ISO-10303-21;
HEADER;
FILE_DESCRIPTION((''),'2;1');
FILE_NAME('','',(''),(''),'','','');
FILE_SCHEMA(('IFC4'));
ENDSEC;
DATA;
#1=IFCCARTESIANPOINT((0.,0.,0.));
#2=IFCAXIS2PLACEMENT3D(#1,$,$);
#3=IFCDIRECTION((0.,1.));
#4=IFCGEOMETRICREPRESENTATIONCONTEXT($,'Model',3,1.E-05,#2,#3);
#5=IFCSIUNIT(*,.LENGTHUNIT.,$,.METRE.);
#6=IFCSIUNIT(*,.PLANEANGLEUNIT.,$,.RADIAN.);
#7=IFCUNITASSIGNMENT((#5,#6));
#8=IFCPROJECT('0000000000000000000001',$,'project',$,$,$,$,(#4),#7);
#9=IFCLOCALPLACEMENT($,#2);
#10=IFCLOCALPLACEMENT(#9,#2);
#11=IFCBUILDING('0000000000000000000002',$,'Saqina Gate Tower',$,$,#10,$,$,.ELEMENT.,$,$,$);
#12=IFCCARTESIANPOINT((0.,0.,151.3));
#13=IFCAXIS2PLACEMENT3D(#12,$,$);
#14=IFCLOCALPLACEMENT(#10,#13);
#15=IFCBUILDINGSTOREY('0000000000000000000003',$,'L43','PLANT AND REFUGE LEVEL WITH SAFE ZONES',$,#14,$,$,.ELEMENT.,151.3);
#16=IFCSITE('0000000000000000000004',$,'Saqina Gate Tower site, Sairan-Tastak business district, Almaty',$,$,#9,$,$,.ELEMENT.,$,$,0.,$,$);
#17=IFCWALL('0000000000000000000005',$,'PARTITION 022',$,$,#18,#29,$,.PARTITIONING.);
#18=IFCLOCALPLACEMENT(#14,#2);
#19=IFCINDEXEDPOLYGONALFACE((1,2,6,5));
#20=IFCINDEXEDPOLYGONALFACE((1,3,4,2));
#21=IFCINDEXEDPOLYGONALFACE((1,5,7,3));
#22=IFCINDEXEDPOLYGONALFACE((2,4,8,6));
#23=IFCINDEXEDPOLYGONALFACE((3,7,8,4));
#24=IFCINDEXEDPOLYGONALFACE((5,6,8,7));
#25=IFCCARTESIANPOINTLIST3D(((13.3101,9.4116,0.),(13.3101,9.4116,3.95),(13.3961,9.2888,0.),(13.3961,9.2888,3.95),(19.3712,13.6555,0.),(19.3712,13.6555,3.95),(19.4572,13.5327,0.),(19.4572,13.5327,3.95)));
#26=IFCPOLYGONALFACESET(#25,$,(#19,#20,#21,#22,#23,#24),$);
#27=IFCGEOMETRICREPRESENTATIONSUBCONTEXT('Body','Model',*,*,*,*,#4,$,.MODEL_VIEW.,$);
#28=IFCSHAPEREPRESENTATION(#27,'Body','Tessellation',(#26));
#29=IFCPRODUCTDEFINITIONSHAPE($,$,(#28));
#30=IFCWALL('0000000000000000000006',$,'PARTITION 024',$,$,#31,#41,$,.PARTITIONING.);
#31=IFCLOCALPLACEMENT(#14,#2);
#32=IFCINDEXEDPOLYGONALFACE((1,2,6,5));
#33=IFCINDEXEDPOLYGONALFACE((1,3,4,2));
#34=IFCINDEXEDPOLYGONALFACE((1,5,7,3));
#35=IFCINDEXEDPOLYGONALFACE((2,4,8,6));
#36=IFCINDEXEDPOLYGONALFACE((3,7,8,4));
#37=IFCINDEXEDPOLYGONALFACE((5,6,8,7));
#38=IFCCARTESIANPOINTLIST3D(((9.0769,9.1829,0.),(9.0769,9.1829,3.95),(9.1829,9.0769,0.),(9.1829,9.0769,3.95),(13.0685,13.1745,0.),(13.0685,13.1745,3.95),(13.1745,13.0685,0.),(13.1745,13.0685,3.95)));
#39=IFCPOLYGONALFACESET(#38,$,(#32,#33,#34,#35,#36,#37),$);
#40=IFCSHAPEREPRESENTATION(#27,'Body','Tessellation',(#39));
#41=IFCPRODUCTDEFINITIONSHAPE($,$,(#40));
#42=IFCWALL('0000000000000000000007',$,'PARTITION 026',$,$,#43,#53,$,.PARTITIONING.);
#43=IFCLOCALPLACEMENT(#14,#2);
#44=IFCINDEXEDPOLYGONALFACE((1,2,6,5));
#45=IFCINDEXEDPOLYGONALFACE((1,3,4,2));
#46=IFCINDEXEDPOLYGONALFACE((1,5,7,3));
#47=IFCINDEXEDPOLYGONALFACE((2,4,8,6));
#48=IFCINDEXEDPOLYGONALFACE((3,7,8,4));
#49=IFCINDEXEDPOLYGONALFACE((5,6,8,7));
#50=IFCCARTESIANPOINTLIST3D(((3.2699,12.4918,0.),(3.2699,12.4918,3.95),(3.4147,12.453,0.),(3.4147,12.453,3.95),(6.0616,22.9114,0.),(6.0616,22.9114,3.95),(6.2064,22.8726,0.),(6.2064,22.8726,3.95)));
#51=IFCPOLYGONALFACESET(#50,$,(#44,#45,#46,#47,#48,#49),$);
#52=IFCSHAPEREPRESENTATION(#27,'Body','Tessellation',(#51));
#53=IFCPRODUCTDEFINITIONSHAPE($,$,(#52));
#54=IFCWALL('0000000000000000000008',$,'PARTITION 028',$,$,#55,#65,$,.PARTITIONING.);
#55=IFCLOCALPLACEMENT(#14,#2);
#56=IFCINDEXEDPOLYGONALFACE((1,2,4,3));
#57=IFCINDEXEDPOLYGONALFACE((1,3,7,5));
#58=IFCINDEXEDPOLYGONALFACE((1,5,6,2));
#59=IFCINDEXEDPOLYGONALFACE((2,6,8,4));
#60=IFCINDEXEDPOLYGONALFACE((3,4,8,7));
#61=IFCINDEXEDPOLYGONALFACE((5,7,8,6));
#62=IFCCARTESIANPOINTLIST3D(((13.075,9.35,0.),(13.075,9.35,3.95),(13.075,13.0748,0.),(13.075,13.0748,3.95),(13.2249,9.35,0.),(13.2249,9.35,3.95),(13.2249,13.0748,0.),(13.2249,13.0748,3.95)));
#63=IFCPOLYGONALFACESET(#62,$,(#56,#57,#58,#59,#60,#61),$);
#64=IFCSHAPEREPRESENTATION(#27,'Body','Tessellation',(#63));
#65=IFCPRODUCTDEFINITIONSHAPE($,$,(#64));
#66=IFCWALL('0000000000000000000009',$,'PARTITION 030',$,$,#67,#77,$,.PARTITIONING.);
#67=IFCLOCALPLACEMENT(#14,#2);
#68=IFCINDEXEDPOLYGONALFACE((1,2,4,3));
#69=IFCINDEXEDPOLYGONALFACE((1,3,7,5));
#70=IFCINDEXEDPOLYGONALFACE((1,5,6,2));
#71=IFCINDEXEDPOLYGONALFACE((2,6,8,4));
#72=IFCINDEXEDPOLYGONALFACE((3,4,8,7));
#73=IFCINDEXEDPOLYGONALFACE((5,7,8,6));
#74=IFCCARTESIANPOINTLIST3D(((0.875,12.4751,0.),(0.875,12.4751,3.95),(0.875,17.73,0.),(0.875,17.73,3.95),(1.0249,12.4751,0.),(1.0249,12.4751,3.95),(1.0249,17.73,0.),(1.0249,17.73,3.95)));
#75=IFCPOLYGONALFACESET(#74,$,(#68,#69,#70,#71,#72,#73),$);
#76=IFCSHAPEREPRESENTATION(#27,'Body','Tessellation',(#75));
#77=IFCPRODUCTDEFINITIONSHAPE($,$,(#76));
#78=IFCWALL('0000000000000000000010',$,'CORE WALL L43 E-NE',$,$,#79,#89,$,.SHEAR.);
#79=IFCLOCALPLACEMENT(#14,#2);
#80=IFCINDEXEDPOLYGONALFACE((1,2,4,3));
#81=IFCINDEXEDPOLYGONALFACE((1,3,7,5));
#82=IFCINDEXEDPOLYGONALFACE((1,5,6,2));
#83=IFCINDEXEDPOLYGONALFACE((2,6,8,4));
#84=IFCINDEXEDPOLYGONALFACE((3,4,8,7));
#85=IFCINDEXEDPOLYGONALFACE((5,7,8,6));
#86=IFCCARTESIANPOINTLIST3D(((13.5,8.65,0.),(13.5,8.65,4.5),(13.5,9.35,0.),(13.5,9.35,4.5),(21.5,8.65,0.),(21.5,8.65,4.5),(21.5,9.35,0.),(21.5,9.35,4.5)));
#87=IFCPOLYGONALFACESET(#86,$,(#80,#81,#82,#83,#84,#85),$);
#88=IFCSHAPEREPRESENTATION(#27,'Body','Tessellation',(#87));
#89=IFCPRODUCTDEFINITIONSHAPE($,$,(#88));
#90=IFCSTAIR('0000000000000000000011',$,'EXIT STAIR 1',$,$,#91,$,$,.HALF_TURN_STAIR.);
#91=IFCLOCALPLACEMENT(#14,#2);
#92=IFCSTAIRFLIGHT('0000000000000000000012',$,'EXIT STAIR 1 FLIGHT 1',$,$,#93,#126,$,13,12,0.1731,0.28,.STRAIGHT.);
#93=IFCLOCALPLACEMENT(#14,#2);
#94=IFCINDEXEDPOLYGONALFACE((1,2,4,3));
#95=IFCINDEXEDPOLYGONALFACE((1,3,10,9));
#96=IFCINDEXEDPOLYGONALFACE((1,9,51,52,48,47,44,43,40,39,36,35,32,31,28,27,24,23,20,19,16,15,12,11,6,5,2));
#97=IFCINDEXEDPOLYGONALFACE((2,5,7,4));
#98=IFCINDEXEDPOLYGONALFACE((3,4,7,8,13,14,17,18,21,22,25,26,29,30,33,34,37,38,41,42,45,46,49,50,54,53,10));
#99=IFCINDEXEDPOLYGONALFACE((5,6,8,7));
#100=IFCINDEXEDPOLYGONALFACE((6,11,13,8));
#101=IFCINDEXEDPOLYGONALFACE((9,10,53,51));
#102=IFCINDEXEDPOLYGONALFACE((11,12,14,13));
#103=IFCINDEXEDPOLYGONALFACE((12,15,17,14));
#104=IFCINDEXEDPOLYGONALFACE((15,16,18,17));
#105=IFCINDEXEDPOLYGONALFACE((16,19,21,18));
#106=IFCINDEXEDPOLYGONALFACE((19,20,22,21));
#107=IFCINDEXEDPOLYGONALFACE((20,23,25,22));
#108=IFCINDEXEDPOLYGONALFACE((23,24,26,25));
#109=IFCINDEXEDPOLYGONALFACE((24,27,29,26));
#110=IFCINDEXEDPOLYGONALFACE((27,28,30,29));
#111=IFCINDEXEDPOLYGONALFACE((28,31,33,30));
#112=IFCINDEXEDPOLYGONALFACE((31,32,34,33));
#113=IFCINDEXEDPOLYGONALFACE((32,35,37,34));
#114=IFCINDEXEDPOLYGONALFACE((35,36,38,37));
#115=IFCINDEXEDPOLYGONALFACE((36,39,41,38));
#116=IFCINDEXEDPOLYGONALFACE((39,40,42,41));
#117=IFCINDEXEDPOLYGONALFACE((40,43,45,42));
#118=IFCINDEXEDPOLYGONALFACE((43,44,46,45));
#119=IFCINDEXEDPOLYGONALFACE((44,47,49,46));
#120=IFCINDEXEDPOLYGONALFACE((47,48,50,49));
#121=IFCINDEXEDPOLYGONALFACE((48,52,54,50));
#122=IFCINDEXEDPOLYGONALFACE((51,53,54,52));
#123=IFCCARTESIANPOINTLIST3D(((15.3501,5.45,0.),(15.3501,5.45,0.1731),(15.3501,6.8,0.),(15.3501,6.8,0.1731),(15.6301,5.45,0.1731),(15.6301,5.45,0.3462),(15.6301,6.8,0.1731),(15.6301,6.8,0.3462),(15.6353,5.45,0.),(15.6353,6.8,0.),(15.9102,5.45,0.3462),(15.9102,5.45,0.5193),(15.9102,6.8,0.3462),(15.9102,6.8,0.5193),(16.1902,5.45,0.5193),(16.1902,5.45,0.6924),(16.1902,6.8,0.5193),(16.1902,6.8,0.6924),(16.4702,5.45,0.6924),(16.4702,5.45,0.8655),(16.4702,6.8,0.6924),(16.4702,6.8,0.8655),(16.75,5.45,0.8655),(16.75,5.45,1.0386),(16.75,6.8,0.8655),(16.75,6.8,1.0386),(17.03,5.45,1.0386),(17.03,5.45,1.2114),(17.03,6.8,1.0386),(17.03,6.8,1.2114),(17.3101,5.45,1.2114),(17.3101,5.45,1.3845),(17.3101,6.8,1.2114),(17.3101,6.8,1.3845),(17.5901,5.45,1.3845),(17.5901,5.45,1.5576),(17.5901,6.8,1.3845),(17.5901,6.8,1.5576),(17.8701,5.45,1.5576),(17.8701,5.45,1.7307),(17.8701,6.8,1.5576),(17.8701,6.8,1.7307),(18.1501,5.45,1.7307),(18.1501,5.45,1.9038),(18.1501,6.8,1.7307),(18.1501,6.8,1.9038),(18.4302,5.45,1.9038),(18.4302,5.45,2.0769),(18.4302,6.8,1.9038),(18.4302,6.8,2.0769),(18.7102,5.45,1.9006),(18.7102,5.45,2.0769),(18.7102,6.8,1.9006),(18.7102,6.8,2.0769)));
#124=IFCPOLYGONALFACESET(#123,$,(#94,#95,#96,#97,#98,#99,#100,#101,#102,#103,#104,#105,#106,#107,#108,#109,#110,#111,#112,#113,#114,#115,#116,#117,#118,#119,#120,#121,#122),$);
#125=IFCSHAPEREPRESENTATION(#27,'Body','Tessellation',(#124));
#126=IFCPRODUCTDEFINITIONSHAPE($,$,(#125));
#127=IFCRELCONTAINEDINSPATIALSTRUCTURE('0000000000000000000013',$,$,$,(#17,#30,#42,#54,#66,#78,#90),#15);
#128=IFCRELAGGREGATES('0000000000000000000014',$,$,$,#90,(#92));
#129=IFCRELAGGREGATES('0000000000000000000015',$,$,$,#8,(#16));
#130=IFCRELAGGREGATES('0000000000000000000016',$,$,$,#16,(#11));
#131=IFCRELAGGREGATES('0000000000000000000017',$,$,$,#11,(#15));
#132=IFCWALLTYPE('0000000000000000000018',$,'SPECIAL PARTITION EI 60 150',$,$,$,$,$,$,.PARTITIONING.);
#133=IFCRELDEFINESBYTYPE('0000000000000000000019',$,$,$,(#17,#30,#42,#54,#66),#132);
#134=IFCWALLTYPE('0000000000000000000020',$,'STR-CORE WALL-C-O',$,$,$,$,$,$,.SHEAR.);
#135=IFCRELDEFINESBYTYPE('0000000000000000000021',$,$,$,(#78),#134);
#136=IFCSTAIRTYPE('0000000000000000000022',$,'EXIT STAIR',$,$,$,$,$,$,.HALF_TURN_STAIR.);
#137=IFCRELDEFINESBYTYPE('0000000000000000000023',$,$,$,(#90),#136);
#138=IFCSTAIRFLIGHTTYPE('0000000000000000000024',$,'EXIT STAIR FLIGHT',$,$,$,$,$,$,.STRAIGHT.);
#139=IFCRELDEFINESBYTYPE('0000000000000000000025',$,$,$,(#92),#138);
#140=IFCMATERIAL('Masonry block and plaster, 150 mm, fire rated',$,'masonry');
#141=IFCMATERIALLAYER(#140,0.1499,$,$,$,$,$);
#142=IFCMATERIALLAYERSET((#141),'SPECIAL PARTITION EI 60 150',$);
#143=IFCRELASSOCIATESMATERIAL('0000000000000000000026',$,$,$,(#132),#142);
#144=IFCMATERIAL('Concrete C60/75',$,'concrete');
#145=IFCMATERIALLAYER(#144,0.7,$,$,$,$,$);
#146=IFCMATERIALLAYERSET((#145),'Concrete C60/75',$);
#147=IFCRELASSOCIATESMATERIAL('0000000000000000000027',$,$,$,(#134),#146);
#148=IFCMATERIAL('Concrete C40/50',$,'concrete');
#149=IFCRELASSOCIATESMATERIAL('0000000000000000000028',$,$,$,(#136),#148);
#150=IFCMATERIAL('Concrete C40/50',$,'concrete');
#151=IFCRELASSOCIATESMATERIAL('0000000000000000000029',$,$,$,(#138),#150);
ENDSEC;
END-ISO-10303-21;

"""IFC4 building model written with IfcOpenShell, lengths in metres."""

from ifc_helpers import new_model, si_unit, direction, frame, frame_2d, origin, place, context, subcontext, project, spatial, polyline, rectangle, outline, extrude, material, layer, layer_set, type_object, element, aggregate, save


model = new_model("IFC4")

# Units and contexts
model_context = context("Model", 3, precision=1e-05, world=origin(), true_north=direction((0.0, 1.0)))
body_context = subcontext(model_context, "Body", "Model", "MODEL_VIEW")
ifc_project = project(units=[si_unit("LENGTHUNIT", "METRE"), si_unit("PLANEANGLEUNIT", "RADIAN")], contexts=[model_context])

# Site, building, storey
site_placement = place(None, origin())
site = spatial("IfcSite", under=ifc_project, at=site_placement, Name="Saqina Gate Tower site, Sairan-Tastak business district, Almaty", CompositionType="ELEMENT", RefElevation=0.0)
building_placement = place(site_placement, origin())
building = spatial("IfcBuilding", under=site, at=building_placement, Name="Saqina Gate Tower", CompositionType="ELEMENT")
storey_placement = place(building_placement, frame((0.0, 0.0, 151.3)))
storey = spatial("IfcBuildingStorey", under=building, at=storey_placement, Name="L43", Description="PLANT AND REFUGE LEVEL WITH SAFE ZONES", CompositionType="ELEMENT", Elevation=151.3)

# Shared definitions
ifc_material_1 = material(Name="Masonry block and plaster, 150 mm, fire rated", Category="masonry")
ifc_layer_1 = layer(ifc_material_1, 0.1499)
ifc_layer_set_1 = layer_set([ifc_layer_1], Name="SPECIAL PARTITION EI 60 150")
wall_type_1 = type_object("IfcWallType", Name="SPECIAL PARTITION EI 60 150", PredefinedType="PARTITIONING", material=ifc_layer_set_1)

# Walls
wall_1_placement = place(storey_placement, frame((13.353, 9.3501, 0.0), z_axis=(0.0, 0.0, 1.0), x_axis=(0.819158, 0.573569, 0.0)))
element("IfcWall", 1, at=wall_1_placement, inside=storey, type_object=wall_type_1, Name="PARTITION 022", PredefinedType="PARTITIONING", context=body_context, shape_type="SweptSolid", body=[
    extrude(rectangle(XDim=7.3992, YDim=0.1499, at=frame_2d((3.6997, 0.0))), origin(), (0.0, 0.0, 1.0), 3.95),
])
wall_2_placement = place(storey_placement, frame((9.1299, 9.1299, 0.0), z_axis=(0.0, 0.0, 1.0), x_axis=(0.707107, 0.707107, 0.0)))
element("IfcWall", 2, at=wall_2_placement, inside=storey, type_object=wall_type_1, Name="PARTITION 024", PredefinedType="PARTITIONING", context=body_context, shape_type="SweptSolid", body=[
    extrude(rectangle(XDim=5.645, YDim=0.1499, at=frame_2d((2.8225, 0.0))), origin(), (0.0, 0.0, 1.0), 3.95),
])
wall_3_placement = place(storey_placement, frame((3.3423, 12.4724, 0.0), z_axis=(0.0, 0.0, 1.0), x_axis=(0.258802, 0.96593, 0.0)))
element("IfcWall", 3, at=wall_3_placement, inside=storey, type_object=wall_type_1, Name="PARTITION 026", PredefinedType="PARTITIONING", context=body_context, shape_type="SweptSolid", body=[
    extrude(rectangle(XDim=10.7871, YDim=0.1499, at=frame_2d((5.3936, 0.0))), origin(), (0.0, 0.0, 1.0), 3.95),
])
wall_4_placement = place(storey_placement, frame((13.1499, 9.3501, 0.0), z_axis=(0.0, 0.0, 1.0), x_axis=(0.0, 1.0, 0.0)))
element("IfcWall", 4, at=wall_4_placement, inside=storey, type_object=wall_type_1, Name="PARTITION 028", PredefinedType="PARTITIONING", context=body_context, shape_type="SweptSolid", body=[
    extrude(rectangle(XDim=3.7249, YDim=0.1499, at=frame_2d((1.8623, 0.0))), origin(), (0.0, 0.0, 1.0), 3.95),
])
wall_5_placement = place(storey_placement, frame((0.95, 12.4751, 0.0), z_axis=(0.0, 0.0, 1.0), x_axis=(0.0, 1.0, 0.0)))
element("IfcWall", 5, at=wall_5_placement, inside=storey, type_object=wall_type_1, Name="PARTITION 030", PredefinedType="PARTITIONING", context=body_context, shape_type="SweptSolid", body=[
    extrude(rectangle(XDim=5.2549, YDim=0.1499, at=frame_2d((2.6274, 0.0))), origin(), (0.0, 0.0, 1.0), 3.95),
])
ifc_material_2 = material(Name="Concrete C60/75", Category="concrete")
ifc_layer_2 = layer(ifc_material_2, 0.7)
ifc_layer_set_2 = layer_set([ifc_layer_2], Name="Concrete C60/75")
wall_type_2 = type_object("IfcWallType", Name="STR-CORE WALL-C-O", PredefinedType="SHEAR", material=ifc_layer_set_2)
wall_6_placement = place(storey_placement, frame((13.5, 9.0, 0.0), z_axis=(0.0, 0.0, 1.0), x_axis=(1.0, 0.0, 0.0)))
element("IfcWall", 6, at=wall_6_placement, inside=storey, type_object=wall_type_2, Name="CORE WALL L43 E-NE", PredefinedType="SHEAR", context=body_context, shape_type="SweptSolid", body=[
    extrude(rectangle(XDim=8.0, YDim=0.7, at=frame_2d((4.0, 0.0))), origin(), (0.0, 0.0, 1.0), 4.5),
])

# Stair, stair flight
ifc_material_3 = material(Name="Concrete C40/50", Category="concrete")
stair_type = type_object("IfcStairType", Name="EXIT STAIR", PredefinedType="HALF_TURN_STAIR", material=ifc_material_3)
stair_placement = place(storey_placement, origin())
stair = element("IfcStair", 7, at=stair_placement, inside=storey, type_object=stair_type, Name="EXIT STAIR 1", PredefinedType="HALF_TURN_STAIR")
ifc_material_4 = material(Name="Concrete C40/50", Category="concrete")
stair_flight_type = type_object("IfcStairFlightType", Name="EXIT STAIR FLIGHT", PredefinedType="STRAIGHT", material=ifc_material_4)
stair_flight_placement = place(storey_placement, frame((15.3501, 6.125, 0.0), z_axis=(0.0, 0.0, 1.0), x_axis=(1.0, 0.0, 0.0)))
stair_flight = element("IfcStairFlight", 8, at=stair_flight_placement, type_object=stair_flight_type, Name="EXIT STAIR 1 FLIGHT 1", NumberOfRisers=13, NumberOfTreads=12, PredefinedType="STRAIGHT", RiserHeight=0.1731, TreadLength=0.28, context=body_context, shape_type="SweptSolid", body=[
    extrude(outline(polyline([(0.0, 0.0), (0.0, 0.1731), (0.28, 0.1731), (0.28, 0.3462), (0.5601, 0.3462), (0.5601, 0.5193), (0.8401, 0.5193), (0.8401, 0.6924), (1.1201, 0.6924), (1.1201, 0.8655), (1.3999, 0.8655), (1.3999, 1.0386), (1.6799, 1.0386), (1.6799, 1.2114), (1.96, 1.2114), (1.96, 1.3845), (2.24, 1.3845), (2.24, 1.5576), (2.52, 1.5576), (2.52, 1.7307), (2.8, 1.7307), (2.8, 1.9038), (3.0801, 1.9038), (3.0801, 2.0769), (3.3601, 2.0769), (3.3601, 2.25), (3.3601, 1.9006), (0.2852, 0.0), (0.0, 0.0)])), frame((0.0, 0.675, 0.0), z_axis=(0.0, -1.0, 0.0), x_axis=(1.0, 0.0, 0.0)), (0.0, 0.0, 1.0), 1.3501),
])
aggregate(stair, [stair_flight])

save(model, "model.ifc")
